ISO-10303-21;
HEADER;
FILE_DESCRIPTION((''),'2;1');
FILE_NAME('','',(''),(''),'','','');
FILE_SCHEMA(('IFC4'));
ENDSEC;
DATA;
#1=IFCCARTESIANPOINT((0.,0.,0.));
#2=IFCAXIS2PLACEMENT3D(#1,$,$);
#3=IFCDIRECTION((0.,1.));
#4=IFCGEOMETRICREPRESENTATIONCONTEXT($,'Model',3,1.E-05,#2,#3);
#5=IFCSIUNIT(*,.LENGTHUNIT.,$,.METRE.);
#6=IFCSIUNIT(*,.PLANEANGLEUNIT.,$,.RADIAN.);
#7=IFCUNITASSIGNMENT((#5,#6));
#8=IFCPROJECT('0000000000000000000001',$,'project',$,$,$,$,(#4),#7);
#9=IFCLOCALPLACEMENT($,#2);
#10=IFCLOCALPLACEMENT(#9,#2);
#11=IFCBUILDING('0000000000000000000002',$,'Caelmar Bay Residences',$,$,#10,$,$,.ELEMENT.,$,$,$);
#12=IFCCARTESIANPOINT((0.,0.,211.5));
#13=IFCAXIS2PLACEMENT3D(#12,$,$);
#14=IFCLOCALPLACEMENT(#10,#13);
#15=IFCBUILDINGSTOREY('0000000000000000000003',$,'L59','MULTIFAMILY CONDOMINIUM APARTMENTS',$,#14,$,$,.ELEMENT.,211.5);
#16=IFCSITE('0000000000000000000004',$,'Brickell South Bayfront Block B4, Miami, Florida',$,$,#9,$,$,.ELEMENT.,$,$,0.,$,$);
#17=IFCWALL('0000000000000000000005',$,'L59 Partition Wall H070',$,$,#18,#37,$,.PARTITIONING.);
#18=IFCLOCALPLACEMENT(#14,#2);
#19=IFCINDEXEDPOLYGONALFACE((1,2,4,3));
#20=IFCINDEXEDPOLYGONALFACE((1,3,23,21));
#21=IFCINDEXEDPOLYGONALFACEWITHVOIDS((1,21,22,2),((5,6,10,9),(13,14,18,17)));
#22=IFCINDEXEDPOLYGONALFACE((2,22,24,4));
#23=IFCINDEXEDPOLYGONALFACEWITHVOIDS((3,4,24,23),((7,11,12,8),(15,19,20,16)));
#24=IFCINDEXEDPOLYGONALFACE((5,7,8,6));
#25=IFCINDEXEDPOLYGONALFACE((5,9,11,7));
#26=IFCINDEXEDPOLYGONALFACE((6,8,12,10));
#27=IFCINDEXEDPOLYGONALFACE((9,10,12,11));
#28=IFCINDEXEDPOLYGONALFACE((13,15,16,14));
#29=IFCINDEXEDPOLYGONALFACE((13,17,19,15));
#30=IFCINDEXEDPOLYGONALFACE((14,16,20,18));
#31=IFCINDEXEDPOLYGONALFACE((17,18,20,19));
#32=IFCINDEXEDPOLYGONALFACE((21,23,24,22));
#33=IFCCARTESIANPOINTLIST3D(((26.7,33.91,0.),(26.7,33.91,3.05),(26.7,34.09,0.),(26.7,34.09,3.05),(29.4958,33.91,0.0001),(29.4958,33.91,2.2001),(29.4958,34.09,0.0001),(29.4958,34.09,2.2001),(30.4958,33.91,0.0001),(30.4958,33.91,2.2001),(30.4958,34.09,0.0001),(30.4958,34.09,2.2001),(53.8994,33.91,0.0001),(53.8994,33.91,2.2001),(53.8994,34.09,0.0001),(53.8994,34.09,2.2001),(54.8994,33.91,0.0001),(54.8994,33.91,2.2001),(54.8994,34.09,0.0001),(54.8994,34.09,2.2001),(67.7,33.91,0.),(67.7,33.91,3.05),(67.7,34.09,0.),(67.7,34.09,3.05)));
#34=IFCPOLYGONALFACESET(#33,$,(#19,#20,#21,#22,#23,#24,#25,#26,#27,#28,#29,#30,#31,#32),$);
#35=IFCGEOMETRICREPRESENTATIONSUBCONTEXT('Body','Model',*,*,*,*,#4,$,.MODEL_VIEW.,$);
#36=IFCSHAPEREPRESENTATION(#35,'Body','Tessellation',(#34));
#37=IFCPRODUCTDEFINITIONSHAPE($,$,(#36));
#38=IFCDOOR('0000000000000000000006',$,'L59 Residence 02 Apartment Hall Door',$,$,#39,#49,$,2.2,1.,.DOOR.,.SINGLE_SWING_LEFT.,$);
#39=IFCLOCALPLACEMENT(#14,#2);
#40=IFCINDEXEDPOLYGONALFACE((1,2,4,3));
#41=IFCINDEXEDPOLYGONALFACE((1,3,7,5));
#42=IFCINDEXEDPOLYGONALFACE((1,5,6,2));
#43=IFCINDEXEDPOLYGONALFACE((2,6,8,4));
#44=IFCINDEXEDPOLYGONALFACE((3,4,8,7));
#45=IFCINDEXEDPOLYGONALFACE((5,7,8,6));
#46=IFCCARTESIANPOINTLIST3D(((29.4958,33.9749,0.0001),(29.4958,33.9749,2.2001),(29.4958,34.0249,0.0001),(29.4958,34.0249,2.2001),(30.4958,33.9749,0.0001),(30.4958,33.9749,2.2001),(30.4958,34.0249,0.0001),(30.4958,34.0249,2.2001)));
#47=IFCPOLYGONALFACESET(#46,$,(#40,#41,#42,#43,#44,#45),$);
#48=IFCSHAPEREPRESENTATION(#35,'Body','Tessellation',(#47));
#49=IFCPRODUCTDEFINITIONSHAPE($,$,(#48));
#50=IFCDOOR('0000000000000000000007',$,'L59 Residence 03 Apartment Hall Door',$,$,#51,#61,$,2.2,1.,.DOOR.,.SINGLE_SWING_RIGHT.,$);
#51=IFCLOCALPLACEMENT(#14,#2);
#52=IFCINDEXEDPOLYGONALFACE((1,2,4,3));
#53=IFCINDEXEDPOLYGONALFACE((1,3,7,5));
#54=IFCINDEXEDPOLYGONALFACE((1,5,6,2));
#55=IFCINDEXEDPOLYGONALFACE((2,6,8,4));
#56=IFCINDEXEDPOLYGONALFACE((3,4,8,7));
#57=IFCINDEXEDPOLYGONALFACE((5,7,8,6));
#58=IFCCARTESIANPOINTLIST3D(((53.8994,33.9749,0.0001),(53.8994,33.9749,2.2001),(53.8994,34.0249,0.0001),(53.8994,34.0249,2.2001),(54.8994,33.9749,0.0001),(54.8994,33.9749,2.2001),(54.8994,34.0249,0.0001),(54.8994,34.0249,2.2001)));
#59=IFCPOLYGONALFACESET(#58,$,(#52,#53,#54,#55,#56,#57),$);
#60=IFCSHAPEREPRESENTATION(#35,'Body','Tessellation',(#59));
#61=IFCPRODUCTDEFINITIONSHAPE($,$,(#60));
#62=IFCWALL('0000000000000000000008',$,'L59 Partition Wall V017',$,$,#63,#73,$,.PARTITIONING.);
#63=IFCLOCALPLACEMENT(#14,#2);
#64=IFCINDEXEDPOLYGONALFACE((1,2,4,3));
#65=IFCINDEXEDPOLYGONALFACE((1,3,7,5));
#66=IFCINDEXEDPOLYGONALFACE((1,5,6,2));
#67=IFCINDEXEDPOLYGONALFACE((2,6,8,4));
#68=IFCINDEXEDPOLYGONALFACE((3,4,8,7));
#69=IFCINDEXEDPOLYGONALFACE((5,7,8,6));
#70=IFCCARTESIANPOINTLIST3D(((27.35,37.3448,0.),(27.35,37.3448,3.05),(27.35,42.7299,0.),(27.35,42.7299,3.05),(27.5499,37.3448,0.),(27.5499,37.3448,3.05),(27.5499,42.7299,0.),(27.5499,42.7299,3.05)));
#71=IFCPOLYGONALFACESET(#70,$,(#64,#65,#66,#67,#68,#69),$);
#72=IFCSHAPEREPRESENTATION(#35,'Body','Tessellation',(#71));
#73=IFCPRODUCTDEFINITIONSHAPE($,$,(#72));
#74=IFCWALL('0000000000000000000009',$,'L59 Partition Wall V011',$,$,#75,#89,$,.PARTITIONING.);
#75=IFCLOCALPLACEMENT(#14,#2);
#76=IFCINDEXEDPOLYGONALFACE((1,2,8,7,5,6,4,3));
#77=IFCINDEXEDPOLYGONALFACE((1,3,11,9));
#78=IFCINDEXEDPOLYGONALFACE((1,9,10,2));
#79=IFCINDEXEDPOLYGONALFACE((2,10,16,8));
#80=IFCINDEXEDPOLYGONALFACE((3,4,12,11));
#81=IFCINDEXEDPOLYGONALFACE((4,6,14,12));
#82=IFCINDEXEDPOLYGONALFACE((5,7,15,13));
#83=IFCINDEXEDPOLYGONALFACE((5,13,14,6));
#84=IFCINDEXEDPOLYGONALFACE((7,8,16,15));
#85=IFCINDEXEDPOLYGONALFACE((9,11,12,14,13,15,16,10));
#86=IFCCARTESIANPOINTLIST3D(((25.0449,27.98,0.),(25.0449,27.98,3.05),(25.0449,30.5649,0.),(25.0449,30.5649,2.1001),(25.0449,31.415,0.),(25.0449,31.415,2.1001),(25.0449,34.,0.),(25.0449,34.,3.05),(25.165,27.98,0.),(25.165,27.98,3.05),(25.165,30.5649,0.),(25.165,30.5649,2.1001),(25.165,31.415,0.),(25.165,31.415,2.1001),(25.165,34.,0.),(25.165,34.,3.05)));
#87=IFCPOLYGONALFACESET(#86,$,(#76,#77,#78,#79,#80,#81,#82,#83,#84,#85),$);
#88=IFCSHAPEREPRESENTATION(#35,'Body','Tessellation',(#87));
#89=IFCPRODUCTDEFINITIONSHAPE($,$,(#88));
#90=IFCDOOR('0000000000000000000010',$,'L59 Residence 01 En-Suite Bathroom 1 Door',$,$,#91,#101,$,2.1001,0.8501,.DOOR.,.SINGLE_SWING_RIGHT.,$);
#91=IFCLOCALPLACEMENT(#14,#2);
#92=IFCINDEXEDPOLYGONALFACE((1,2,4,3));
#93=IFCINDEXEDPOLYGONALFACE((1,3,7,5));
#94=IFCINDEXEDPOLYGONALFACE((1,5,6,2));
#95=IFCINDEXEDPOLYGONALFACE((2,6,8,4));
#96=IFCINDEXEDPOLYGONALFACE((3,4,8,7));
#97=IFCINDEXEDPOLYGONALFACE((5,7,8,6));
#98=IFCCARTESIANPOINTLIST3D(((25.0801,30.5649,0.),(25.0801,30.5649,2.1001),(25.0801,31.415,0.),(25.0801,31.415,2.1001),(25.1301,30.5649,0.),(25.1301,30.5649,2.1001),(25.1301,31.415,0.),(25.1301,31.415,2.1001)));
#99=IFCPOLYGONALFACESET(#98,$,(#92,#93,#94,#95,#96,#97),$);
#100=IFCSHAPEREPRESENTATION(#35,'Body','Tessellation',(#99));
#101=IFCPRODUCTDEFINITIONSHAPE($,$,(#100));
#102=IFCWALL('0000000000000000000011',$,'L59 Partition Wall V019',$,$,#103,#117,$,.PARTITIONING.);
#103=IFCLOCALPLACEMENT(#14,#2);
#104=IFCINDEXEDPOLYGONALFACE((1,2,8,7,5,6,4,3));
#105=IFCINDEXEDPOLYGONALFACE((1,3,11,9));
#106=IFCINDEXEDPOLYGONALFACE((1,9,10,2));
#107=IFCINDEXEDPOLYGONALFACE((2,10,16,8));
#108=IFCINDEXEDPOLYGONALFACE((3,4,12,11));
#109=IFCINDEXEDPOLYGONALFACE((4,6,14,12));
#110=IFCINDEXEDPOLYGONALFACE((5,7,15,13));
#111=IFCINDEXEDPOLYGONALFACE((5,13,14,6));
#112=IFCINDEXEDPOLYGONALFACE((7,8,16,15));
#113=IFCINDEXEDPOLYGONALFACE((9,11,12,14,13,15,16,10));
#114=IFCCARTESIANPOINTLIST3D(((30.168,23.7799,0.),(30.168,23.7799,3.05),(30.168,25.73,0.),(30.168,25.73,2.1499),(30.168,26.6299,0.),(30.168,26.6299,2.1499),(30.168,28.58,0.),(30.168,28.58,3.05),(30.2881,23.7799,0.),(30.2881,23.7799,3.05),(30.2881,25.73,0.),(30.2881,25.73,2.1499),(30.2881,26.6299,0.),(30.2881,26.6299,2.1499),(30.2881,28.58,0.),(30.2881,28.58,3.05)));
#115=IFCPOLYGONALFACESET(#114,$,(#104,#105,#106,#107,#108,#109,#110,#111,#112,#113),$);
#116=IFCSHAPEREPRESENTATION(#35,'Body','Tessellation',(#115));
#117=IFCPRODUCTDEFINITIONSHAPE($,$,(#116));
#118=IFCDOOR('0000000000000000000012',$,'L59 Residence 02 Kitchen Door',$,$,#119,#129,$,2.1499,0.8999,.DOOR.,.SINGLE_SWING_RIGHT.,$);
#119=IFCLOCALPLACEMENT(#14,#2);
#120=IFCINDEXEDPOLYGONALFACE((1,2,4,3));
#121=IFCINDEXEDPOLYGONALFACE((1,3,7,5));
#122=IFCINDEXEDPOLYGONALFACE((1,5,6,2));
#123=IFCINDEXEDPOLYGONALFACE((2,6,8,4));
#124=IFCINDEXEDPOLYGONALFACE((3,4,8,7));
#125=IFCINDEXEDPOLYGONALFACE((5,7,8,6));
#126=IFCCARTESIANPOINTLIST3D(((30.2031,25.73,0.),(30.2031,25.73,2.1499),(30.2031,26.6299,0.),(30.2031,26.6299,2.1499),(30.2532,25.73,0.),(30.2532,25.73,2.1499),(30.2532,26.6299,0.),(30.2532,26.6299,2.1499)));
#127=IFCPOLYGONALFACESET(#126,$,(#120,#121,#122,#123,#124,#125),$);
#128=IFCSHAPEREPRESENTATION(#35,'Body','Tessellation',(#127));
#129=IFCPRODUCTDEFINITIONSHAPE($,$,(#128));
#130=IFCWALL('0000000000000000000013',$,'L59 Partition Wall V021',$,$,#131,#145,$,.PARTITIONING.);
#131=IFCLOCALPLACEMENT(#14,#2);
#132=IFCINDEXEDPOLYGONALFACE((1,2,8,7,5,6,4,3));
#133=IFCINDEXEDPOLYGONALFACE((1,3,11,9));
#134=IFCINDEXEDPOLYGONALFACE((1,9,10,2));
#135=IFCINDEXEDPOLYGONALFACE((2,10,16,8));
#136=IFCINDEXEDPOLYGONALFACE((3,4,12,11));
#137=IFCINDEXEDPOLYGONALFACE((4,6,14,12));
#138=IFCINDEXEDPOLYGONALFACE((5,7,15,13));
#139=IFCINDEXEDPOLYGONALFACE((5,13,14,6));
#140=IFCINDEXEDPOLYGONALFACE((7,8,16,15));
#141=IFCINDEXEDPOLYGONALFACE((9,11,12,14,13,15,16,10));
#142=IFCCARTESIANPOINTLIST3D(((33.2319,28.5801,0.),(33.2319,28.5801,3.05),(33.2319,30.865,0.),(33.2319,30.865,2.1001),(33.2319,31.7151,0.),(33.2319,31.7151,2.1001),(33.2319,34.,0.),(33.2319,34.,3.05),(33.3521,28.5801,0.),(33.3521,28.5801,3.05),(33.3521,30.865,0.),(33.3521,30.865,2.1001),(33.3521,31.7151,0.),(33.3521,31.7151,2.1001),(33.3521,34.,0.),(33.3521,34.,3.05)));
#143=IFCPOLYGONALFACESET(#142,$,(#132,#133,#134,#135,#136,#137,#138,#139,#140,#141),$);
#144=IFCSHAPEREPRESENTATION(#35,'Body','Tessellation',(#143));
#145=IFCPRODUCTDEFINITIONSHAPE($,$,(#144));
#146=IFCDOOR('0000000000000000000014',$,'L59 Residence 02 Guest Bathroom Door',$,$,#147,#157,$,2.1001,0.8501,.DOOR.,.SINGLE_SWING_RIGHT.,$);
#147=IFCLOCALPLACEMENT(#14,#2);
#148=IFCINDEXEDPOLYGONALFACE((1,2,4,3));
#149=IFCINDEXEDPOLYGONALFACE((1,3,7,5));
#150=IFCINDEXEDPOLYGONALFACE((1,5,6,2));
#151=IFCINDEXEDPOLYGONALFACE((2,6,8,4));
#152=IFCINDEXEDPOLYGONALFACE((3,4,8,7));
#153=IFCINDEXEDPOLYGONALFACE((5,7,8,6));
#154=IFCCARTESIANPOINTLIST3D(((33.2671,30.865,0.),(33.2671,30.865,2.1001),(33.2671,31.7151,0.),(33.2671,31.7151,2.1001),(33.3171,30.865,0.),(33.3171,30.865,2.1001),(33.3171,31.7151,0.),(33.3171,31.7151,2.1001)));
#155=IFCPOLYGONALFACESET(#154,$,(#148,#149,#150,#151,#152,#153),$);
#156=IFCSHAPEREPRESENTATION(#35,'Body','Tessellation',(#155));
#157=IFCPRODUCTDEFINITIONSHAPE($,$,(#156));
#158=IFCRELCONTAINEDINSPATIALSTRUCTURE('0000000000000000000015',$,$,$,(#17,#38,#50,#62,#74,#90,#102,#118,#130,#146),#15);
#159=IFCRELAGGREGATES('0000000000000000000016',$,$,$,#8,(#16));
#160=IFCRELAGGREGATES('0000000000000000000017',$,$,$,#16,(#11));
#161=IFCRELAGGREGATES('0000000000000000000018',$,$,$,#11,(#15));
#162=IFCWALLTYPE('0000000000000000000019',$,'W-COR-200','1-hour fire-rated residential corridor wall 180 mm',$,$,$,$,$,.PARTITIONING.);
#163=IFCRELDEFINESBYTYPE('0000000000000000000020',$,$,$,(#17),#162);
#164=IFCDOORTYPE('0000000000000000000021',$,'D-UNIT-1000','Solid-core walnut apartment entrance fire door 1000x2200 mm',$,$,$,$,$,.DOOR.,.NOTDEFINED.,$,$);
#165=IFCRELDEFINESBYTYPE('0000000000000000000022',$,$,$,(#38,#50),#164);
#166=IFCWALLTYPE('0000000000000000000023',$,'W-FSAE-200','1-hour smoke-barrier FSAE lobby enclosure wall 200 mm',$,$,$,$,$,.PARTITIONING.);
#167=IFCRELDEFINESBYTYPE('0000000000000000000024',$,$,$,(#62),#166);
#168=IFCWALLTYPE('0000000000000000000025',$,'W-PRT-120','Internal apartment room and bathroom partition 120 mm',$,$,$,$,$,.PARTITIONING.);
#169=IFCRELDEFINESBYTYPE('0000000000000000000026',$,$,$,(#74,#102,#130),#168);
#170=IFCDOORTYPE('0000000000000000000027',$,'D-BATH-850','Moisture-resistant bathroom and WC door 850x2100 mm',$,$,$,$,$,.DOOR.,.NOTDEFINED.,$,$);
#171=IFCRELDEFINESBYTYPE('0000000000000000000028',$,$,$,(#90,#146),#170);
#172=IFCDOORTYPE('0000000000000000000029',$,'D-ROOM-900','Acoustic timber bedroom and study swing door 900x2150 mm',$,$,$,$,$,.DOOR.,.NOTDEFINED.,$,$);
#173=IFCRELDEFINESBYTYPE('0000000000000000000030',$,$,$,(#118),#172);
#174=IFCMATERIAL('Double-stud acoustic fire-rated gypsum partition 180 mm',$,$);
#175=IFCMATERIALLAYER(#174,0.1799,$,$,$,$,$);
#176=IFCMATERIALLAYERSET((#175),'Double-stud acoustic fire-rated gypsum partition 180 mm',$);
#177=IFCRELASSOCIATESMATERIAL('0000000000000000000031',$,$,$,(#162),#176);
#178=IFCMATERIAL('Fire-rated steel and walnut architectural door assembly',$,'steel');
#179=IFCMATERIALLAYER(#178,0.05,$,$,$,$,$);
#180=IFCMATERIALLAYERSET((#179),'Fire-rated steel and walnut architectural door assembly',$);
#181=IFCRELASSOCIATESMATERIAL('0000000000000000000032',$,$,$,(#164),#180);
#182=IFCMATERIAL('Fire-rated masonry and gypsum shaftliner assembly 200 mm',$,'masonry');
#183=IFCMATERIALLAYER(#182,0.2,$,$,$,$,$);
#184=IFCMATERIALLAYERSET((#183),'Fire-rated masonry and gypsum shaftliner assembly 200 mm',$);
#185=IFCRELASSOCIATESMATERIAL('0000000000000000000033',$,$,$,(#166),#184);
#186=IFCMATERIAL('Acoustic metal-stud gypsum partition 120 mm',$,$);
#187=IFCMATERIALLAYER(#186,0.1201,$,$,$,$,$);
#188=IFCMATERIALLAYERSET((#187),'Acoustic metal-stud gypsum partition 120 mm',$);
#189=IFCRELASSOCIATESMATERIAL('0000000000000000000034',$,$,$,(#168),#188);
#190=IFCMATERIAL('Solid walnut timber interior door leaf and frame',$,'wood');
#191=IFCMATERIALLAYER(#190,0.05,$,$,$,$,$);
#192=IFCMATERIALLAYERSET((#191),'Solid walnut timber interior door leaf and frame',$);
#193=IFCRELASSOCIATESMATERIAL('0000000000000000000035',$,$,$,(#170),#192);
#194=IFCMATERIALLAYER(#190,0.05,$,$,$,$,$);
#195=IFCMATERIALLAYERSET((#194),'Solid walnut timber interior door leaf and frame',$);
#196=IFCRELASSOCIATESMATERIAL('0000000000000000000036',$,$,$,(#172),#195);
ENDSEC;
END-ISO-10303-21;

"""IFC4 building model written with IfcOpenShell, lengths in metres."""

from ifc_helpers import new_model, si_unit, direction, frame, frame_2d, origin, place, context, subcontext, project, spatial, rectangle, extrude, material, layer, layer_set, type_object, element, fill, save


model = new_model("IFC4")

# Units and contexts
model_context = context("Model", 3, precision=1e-05, world=origin(), true_north=direction((0.0, 1.0)))
body_context = subcontext(model_context, "Body", "Model", "MODEL_VIEW")
ifc_project = project(units=[si_unit("LENGTHUNIT", "METRE"), si_unit("PLANEANGLEUNIT", "RADIAN")], contexts=[model_context])

# Site, building, storey
site_placement = place(None, origin())
site = spatial("IfcSite", under=ifc_project, at=site_placement, Name="Brickell South Bayfront Block B4, Miami, Florida", CompositionType="ELEMENT", RefElevation=0.0)
building_placement = place(site_placement, origin())
building = spatial("IfcBuilding", under=site, at=building_placement, Name="Caelmar Bay Residences", CompositionType="ELEMENT")
storey_placement = place(building_placement, frame((0.0, 0.0, 211.5)))
storey = spatial("IfcBuildingStorey", under=building, at=storey_placement, Name="L59", Description="MULTIFAMILY CONDOMINIUM APARTMENTS", CompositionType="ELEMENT", Elevation=211.5)

# Shared definitions
ifc_material_1 = material(Name="Fire-rated steel and walnut architectural door assembly", Category="steel")

# Wall, openings, doors
ifc_material_2 = material(Name="Double-stud acoustic fire-rated gypsum partition 180 mm")
ifc_layer_1 = layer(ifc_material_2, 0.1799)
ifc_layer_set_1 = layer_set([ifc_layer_1], Name="Double-stud acoustic fire-rated gypsum partition 180 mm")
wall_type_1 = type_object("IfcWallType", Name="W-COR-200", Description="1-hour fire-rated residential corridor wall 180 mm", PredefinedType="PARTITIONING", material=ifc_layer_set_1)
wall_1_placement = place(storey_placement, frame((26.7, 34.0, 0.0), z_axis=(0.0, 0.0, 1.0), x_axis=(1.0, 0.0, 0.0)))
wall_1 = element("IfcWall", 1, at=wall_1_placement, inside=storey, type_object=wall_type_1, Name="L59 Partition Wall H070", PredefinedType="PARTITIONING", context=body_context, shape_type="SweptSolid", body=[
    extrude(rectangle(XDim=41.0, YDim=0.1799, at=frame_2d((20.5, 0.0))), origin(), (0.0, 0.0, 1.0), 3.05),
])
opening_1_placement = place(wall_1_placement, frame((2.7959, 0.0, 0.0)))
opening_1 = element("IfcOpeningElement", 2, at=opening_1_placement, cuts=wall_1, PredefinedType="OPENING", context=body_context, shape_type="SweptSolid", body=[
    extrude(rectangle(XDim=1.0, YDim=2.2, at=frame_2d((0.5, 1.1001))), frame((0.0, 0.0999, 0.0), z_axis=(0.0, -1.0, 0.0), x_axis=(1.0, 0.0, 0.0)), (0.0, 0.0, 1.0), 0.2),
])
opening_2_placement = place(wall_1_placement, frame((27.1995, 0.0, 0.0)))
opening_2 = element("IfcOpeningElement", 3, at=opening_2_placement, cuts=wall_1, PredefinedType="OPENING", context=body_context, shape_type="SweptSolid", body=[
    extrude(rectangle(XDim=1.0, YDim=2.2, at=frame_2d((0.5, 1.1001))), frame((0.0, 0.0999, 0.0), z_axis=(0.0, -1.0, 0.0), x_axis=(1.0, 0.0, 0.0)), (0.0, 0.0, 1.0), 0.2),
])
ifc_layer_2 = layer(ifc_material_1, 0.05)
ifc_layer_set_2 = layer_set([ifc_layer_2], Name="Fire-rated steel and walnut architectural door assembly")
door_type_1 = type_object("IfcDoorType", Name="D-UNIT-1000", Description="Solid-core walnut apartment entrance fire door 1000x2200 mm", OperationType="NOTDEFINED", PredefinedType="DOOR", material=ifc_layer_set_2)
door_1_placement = place(opening_1_placement, origin())
door_1 = element("IfcDoor", 4, at=door_1_placement, inside=storey, type_object=door_type_1, Name="L59 Residence 02 Apartment Hall Door", OperationType="SINGLE_SWING_LEFT", OverallHeight=2.2, OverallWidth=1.0, PredefinedType="DOOR", context=body_context, shape_type="SweptSolid", body=[
    extrude(rectangle(XDim=1.0, YDim=2.2, at=frame_2d((0.5, 1.1001))), frame((0.0, 0.0249, 0.0), z_axis=(0.0, -1.0, 0.0), x_axis=(1.0, 0.0, 0.0)), (0.0, 0.0, 1.0), 0.05),
])
fill(opening_1, door_1)
door_2_placement = place(opening_2_placement, origin())
door_2 = element("IfcDoor", 5, at=door_2_placement, inside=storey, type_object=door_type_1, Name="L59 Residence 03 Apartment Hall Door", OperationType="SINGLE_SWING_RIGHT", OverallHeight=2.2, OverallWidth=1.0, PredefinedType="DOOR", context=body_context, shape_type="SweptSolid", body=[
    extrude(rectangle(XDim=1.0, YDim=2.2, at=frame_2d((0.5, 1.1001))), frame((0.0, 0.0249, 0.0), z_axis=(0.0, -1.0, 0.0), x_axis=(1.0, 0.0, 0.0)), (0.0, 0.0, 1.0), 0.05),
])
fill(opening_2, door_2)

# Wall
ifc_material_3 = material(Name="Fire-rated masonry and gypsum shaftliner assembly 200 mm", Category="masonry")
ifc_layer_3 = layer(ifc_material_3, 0.2)
ifc_layer_set_3 = layer_set([ifc_layer_3], Name="Fire-rated masonry and gypsum shaftliner assembly 200 mm")
wall_type_2 = type_object("IfcWallType", Name="W-FSAE-200", Description="1-hour smoke-barrier FSAE lobby enclosure wall 200 mm", PredefinedType="PARTITIONING", material=ifc_layer_set_3)
wall_2_placement = place(storey_placement, frame((27.45, 37.345, 0.0), z_axis=(0.0, 0.0, 1.0), x_axis=(0.0, 1.0, 0.0)))
element("IfcWall", 6, at=wall_2_placement, inside=storey, type_object=wall_type_2, Name="L59 Partition Wall V017", PredefinedType="PARTITIONING", context=body_context, shape_type="SweptSolid", body=[
    extrude(rectangle(XDim=5.385, YDim=0.2, at=frame_2d((2.6924, 0.0))), origin(), (0.0, 0.0, 1.0), 3.05),
])

# Walls, openings, doors
ifc_material_4 = material(Name="Acoustic metal-stud gypsum partition 120 mm")
ifc_layer_4 = layer(ifc_material_4, 0.1201)
ifc_layer_set_4 = layer_set([ifc_layer_4], Name="Acoustic metal-stud gypsum partition 120 mm")
wall_type_3 = type_object("IfcWallType", Name="W-PRT-120", Description="Internal apartment room and bathroom partition 120 mm", PredefinedType="PARTITIONING", material=ifc_layer_set_4)
wall_3_placement = place(storey_placement, frame((25.105, 27.98, 0.0), z_axis=(0.0, 0.0, 1.0), x_axis=(0.0, 1.0, 0.0)))
wall_3 = element("IfcWall", 7, at=wall_3_placement, inside=storey, type_object=wall_type_3, Name="L59 Partition Wall V011", PredefinedType="PARTITIONING", context=body_context, shape_type="SweptSolid", body=[
    extrude(rectangle(XDim=6.02, YDim=0.1201, at=frame_2d((3.01, 0.0))), origin(), (0.0, 0.0, 1.0), 3.05),
])
opening_3_placement = place(wall_3_placement, frame((2.585, 0.0, 0.0)))
opening_3 = element("IfcOpeningElement", 8, at=opening_3_placement, cuts=wall_3, PredefinedType="OPENING", context=body_context, shape_type="SweptSolid", body=[
    extrude(rectangle(XDim=0.8501, YDim=2.1001, at=frame_2d((0.425, 1.05))), frame((0.0, 0.0701, 0.0), z_axis=(0.0, -1.0, 0.0), x_axis=(1.0, 0.0, 0.0)), (0.0, 0.0, 1.0), 0.1401),
])
ifc_material_5 = material(Name="Solid walnut timber interior door leaf and frame", Category="wood")
ifc_layer_5 = layer(ifc_material_5, 0.05)
ifc_layer_set_5 = layer_set([ifc_layer_5], Name="Solid walnut timber interior door leaf and frame")
door_type_2 = type_object("IfcDoorType", Name="D-BATH-850", Description="Moisture-resistant bathroom and WC door 850x2100 mm", OperationType="NOTDEFINED", PredefinedType="DOOR", material=ifc_layer_set_5)
door_3_placement = place(opening_3_placement, origin())
door_3 = element("IfcDoor", 9, at=door_3_placement, inside=storey, type_object=door_type_2, Name="L59 Residence 01 En-Suite Bathroom 1 Door", OperationType="SINGLE_SWING_RIGHT", OverallHeight=2.1001, OverallWidth=0.8501, PredefinedType="DOOR", context=body_context, shape_type="SweptSolid", body=[
    extrude(rectangle(XDim=0.8501, YDim=2.1001, at=frame_2d((0.425, 1.05))), frame((0.0, 0.0249, 0.0), z_axis=(0.0, -1.0, 0.0), x_axis=(1.0, 0.0, 0.0)), (0.0, 0.0, 1.0), 0.05),
])
fill(opening_3, door_3)
wall_4_placement = place(storey_placement, frame((30.228, 23.78, 0.0), z_axis=(0.0, 0.0, 1.0), x_axis=(0.0, 1.0, 0.0)))
wall_4 = element("IfcWall", 10, at=wall_4_placement, inside=storey, type_object=wall_type_3, Name="L59 Partition Wall V019", PredefinedType="PARTITIONING", context=body_context, shape_type="SweptSolid", body=[
    extrude(rectangle(XDim=4.8, YDim=0.1201, at=frame_2d((2.3999, 0.0))), origin(), (0.0, 0.0, 1.0), 3.05),
])
opening_4_placement = place(wall_4_placement, frame((1.95, 0.0, 0.0)))
opening_4 = element("IfcOpeningElement", 11, at=opening_4_placement, cuts=wall_4, PredefinedType="OPENING", context=body_context, shape_type="SweptSolid", body=[
    extrude(rectangle(XDim=0.8999, YDim=2.1499, at=frame_2d((0.45, 1.075))), frame((0.0, 0.0701, 0.0), z_axis=(0.0, -1.0, 0.0), x_axis=(1.0, 0.0, 0.0)), (0.0, 0.0, 1.0), 0.1401),
])
ifc_layer_6 = layer(ifc_material_5, 0.05)
ifc_layer_set_6 = layer_set([ifc_layer_6], Name="Solid walnut timber interior door leaf and frame")
door_type_3 = type_object("IfcDoorType", Name="D-ROOM-900", Description="Acoustic timber bedroom and study swing door 900x2150 mm", OperationType="NOTDEFINED", PredefinedType="DOOR", material=ifc_layer_set_6)
door_4_placement = place(opening_4_placement, origin())
door_4 = element("IfcDoor", 12, at=door_4_placement, inside=storey, type_object=door_type_3, Name="L59 Residence 02 Kitchen Door", OperationType="SINGLE_SWING_RIGHT", OverallHeight=2.1499, OverallWidth=0.8999, PredefinedType="DOOR", context=body_context, shape_type="SweptSolid", body=[
    extrude(rectangle(XDim=0.8999, YDim=2.1499, at=frame_2d((0.45, 1.075))), frame((0.0, 0.0249, 0.0), z_axis=(0.0, -1.0, 0.0), x_axis=(1.0, 0.0, 0.0)), (0.0, 0.0, 1.0), 0.05),
])
fill(opening_4, door_4)
wall_5_placement = place(storey_placement, frame((33.292, 28.5801, 0.0), z_axis=(0.0, 0.0, 1.0), x_axis=(0.0, 1.0, 0.0)))
wall_5 = element("IfcWall", 13, at=wall_5_placement, inside=storey, type_object=wall_type_3, Name="L59 Partition Wall V021", PredefinedType="PARTITIONING", context=body_context, shape_type="SweptSolid", body=[
    extrude(rectangle(XDim=5.4199, YDim=0.1201, at=frame_2d((2.71, 0.0))), origin(), (0.0, 0.0, 1.0), 3.05),
])
opening_5_placement = place(wall_5_placement, frame((2.2849, 0.0, 0.0)))
opening_5 = element("IfcOpeningElement", 14, at=opening_5_placement, cuts=wall_5, PredefinedType="OPENING", context=body_context, shape_type="SweptSolid", body=[
    extrude(rectangle(XDim=0.8501, YDim=2.1001, at=frame_2d((0.425, 1.05))), frame((0.0, 0.0701, 0.0), z_axis=(0.0, -1.0, 0.0), x_axis=(1.0, 0.0, 0.0)), (0.0, 0.0, 1.0), 0.1401),
])
door_5_placement = place(opening_5_placement, origin())
door_5 = element("IfcDoor", 15, at=door_5_placement, inside=storey, type_object=door_type_2, Name="L59 Residence 02 Guest Bathroom Door", OperationType="SINGLE_SWING_RIGHT", OverallHeight=2.1001, OverallWidth=0.8501, PredefinedType="DOOR", context=body_context, shape_type="SweptSolid", body=[
    extrude(rectangle(XDim=0.8501, YDim=2.1001, at=frame_2d((0.425, 1.05))), frame((0.0, 0.0249, 0.0), z_axis=(0.0, -1.0, 0.0), x_axis=(1.0, 0.0, 0.0)), (0.0, 0.0, 1.0), 0.05),
])
fill(opening_5, door_5)

save(model, "model.ifc")
